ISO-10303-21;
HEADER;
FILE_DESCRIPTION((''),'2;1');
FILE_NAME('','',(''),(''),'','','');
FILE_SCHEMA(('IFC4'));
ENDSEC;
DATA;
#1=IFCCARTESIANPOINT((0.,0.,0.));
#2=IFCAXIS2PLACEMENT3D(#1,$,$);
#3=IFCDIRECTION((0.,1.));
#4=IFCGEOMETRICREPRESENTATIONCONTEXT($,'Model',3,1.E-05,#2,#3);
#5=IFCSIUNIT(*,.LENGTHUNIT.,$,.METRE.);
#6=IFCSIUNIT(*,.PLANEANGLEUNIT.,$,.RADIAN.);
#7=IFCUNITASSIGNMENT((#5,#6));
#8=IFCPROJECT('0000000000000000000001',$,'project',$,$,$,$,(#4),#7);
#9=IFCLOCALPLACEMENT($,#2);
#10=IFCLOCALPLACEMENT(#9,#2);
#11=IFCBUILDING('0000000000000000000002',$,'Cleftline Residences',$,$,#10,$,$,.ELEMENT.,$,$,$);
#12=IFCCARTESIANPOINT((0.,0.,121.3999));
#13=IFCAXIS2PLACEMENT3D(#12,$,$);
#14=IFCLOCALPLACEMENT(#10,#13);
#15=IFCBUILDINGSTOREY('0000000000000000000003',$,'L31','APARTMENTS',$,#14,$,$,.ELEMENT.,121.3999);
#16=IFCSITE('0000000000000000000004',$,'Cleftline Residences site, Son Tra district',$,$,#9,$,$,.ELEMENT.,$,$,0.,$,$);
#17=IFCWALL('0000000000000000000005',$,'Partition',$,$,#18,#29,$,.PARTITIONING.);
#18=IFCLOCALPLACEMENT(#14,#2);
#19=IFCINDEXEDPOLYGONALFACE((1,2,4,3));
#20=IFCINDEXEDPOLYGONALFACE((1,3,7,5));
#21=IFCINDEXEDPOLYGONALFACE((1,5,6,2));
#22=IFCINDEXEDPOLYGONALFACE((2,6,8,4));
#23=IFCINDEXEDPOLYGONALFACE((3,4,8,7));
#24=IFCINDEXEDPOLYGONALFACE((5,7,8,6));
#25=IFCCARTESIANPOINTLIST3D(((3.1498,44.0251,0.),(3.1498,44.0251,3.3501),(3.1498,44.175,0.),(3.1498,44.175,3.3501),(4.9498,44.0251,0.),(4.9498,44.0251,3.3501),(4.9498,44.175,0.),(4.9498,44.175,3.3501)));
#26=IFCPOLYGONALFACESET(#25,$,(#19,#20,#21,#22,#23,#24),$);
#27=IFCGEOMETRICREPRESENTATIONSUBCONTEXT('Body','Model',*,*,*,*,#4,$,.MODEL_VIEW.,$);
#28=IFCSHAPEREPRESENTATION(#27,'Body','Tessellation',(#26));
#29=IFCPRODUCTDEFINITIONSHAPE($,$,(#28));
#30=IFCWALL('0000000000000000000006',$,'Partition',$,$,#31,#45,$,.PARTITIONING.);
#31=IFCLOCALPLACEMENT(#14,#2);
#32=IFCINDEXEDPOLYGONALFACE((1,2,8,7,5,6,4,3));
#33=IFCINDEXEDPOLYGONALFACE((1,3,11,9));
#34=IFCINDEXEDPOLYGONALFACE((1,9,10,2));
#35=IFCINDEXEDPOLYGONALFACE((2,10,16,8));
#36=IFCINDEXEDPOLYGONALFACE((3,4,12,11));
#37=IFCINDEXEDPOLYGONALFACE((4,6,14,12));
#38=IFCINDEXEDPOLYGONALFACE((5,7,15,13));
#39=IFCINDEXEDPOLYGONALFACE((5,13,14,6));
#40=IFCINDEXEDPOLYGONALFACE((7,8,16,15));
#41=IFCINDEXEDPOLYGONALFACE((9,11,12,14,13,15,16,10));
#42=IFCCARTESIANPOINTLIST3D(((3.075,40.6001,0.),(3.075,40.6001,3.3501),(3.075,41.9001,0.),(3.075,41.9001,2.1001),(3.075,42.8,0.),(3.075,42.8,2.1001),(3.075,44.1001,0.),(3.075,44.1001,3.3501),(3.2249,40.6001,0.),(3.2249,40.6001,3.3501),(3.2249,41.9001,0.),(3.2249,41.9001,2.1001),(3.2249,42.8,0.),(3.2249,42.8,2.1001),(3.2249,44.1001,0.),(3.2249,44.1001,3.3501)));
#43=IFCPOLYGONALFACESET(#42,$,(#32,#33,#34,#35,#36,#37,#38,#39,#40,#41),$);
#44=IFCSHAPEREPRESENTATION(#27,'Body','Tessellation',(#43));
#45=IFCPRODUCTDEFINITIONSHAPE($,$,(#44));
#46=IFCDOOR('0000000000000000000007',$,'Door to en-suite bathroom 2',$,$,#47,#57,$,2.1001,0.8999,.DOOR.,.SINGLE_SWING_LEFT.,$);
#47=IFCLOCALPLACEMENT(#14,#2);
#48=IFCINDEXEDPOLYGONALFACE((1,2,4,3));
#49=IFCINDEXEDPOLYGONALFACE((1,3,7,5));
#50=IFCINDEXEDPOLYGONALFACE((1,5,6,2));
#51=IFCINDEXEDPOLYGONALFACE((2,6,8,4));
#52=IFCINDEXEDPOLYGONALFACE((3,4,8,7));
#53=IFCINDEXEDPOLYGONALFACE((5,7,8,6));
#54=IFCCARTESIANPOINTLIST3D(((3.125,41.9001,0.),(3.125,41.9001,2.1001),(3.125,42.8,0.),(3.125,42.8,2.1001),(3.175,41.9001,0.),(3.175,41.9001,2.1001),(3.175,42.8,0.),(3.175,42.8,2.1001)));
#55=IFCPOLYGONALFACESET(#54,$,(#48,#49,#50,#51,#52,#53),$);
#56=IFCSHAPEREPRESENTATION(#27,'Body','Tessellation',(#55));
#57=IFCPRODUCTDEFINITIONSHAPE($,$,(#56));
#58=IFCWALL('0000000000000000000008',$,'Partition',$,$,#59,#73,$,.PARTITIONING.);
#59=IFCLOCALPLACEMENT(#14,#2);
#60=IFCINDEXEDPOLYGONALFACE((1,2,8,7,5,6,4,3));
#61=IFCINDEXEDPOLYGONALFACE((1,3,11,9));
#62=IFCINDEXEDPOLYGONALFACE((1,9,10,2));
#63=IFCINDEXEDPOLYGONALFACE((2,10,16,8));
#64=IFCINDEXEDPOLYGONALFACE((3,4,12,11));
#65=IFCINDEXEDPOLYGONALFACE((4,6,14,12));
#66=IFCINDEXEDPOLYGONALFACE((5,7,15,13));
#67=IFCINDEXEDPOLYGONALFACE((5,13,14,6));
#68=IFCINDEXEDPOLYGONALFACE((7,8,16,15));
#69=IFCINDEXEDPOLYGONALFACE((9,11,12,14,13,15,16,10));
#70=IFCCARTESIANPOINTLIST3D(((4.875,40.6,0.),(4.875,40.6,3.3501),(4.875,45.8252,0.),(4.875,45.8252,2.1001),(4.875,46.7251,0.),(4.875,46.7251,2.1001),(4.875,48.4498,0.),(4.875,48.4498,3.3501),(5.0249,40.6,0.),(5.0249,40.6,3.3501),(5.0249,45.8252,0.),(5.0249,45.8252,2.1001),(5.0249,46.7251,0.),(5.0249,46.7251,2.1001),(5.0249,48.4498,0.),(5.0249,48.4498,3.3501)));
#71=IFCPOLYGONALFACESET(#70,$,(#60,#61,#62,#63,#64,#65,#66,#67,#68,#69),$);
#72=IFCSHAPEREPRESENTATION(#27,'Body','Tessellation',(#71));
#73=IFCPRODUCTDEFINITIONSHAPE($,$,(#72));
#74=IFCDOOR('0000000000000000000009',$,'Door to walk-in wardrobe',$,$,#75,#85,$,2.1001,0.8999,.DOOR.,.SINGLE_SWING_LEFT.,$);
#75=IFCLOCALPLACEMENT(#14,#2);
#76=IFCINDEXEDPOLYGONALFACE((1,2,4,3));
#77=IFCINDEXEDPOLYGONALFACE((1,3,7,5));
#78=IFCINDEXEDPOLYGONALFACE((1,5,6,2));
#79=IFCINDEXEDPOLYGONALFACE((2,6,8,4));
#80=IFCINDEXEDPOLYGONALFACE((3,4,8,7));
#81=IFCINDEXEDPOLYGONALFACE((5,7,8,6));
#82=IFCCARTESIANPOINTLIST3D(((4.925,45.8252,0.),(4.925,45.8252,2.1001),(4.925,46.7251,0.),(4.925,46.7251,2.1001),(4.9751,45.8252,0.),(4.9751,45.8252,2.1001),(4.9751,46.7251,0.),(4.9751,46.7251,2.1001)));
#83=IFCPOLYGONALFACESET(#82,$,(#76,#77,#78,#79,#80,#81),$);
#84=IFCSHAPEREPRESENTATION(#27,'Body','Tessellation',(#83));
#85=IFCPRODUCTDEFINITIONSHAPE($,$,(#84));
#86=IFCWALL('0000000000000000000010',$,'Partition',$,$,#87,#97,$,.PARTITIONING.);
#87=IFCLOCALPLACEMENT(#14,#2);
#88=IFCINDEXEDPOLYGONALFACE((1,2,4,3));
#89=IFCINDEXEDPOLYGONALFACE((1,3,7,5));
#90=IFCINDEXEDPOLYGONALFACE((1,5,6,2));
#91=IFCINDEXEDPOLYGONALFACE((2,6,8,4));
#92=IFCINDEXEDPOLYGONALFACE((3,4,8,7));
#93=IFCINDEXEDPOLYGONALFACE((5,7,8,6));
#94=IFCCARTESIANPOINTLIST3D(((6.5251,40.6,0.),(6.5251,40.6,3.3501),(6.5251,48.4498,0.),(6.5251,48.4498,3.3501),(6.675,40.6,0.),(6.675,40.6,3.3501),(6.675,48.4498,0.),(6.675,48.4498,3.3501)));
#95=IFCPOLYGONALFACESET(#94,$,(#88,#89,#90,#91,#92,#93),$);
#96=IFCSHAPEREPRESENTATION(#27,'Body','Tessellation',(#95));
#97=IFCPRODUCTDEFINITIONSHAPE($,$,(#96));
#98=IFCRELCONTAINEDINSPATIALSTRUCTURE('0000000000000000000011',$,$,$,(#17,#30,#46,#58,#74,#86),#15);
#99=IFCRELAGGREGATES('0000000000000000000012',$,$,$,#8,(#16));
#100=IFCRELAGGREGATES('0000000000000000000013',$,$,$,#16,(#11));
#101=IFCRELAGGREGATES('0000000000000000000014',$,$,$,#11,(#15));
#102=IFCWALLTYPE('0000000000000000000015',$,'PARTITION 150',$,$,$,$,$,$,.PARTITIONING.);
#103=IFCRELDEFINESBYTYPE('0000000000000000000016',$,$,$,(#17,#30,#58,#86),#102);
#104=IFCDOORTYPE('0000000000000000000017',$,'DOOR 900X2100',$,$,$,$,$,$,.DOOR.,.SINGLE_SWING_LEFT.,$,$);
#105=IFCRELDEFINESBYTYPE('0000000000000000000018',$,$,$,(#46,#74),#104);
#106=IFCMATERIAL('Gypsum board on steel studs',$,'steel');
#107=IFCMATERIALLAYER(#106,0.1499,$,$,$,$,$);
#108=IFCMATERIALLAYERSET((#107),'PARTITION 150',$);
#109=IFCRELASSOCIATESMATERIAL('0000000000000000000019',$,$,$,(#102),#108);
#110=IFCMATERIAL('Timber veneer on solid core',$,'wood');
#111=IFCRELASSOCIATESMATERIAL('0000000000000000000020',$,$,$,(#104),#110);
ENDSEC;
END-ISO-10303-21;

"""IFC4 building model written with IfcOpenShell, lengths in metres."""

from ifc_helpers import new_model, si_unit, direction, frame, frame_2d, origin, place, context, subcontext, project, spatial, rectangle, extrude, material, layer, layer_set, type_object, element, fill, save


model = new_model("IFC4")

# Units and contexts
model_context = context("Model", 3, precision=1e-05, world=origin(), true_north=direction((0.0, 1.0)))
body_context = subcontext(model_context, "Body", "Model", "MODEL_VIEW")
ifc_project = project(units=[si_unit("LENGTHUNIT", "METRE"), si_unit("PLANEANGLEUNIT", "RADIAN")], contexts=[model_context])

# Site, building, storey
site_placement = place(None, origin())
site = spatial("IfcSite", under=ifc_project, at=site_placement, Name="Cleftline Residences site, Son Tra district", CompositionType="ELEMENT", RefElevation=0.0)
building_placement = place(site_placement, origin())
building = spatial("IfcBuilding", under=site, at=building_placement, Name="Cleftline Residences", CompositionType="ELEMENT")
storey_placement = place(building_placement, frame((0.0, 0.0, 121.3999)))
storey = spatial("IfcBuildingStorey", under=building, at=storey_placement, Name="L31", Description="APARTMENTS", CompositionType="ELEMENT", Elevation=121.3999)

# Wall
ifc_material_1 = material(Name="Gypsum board on steel studs", Category="steel")
ifc_layer_1 = layer(ifc_material_1, 0.1499)
ifc_layer_set_1 = layer_set([ifc_layer_1], Name="PARTITION 150")
wall_type_1 = type_object("IfcWallType", Name="PARTITION 150", PredefinedType="PARTITIONING", material=ifc_layer_set_1)
wall_1_placement = place(storey_placement, frame((3.1499, 44.1001, 0.0), z_axis=(0.0, 0.0, 1.0), x_axis=(1.0, 0.0, 0.0)))
element("IfcWall", 1, at=wall_1_placement, inside=storey, type_object=wall_type_1, Name="Partition", PredefinedType="PARTITIONING", context=body_context, shape_type="SweptSolid", body=[
    extrude(rectangle(XDim=1.8, YDim=0.1499, at=frame_2d((0.8999, 0.0))), origin(), (0.0, 0.0, 1.0), 3.3501),
])

# Walls, openings, doors
wall_2_placement = place(storey_placement, frame((3.1499, 40.6001, 0.0), z_axis=(0.0, 0.0, 1.0), x_axis=(0.0, 1.0, 0.0)))
wall_2 = element("IfcWall", 2, at=wall_2_placement, inside=storey, type_object=wall_type_1, Name="Partition", PredefinedType="PARTITIONING", context=body_context, shape_type="SweptSolid", body=[
    extrude(rectangle(XDim=3.5, YDim=0.1499, at=frame_2d((1.75, 0.0))), origin(), (0.0, 0.0, 1.0), 3.3501),
])
opening_1_placement = place(wall_2_placement, frame((1.3, 0.0, 0.0)))
opening_1 = element("IfcOpeningElement", 3, at=opening_1_placement, cuts=wall_2, PredefinedType="OPENING", context=body_context, shape_type="SweptSolid", body=[
    extrude(rectangle(XDim=0.8999, YDim=2.1001, at=frame_2d((0.45, 1.05))), frame((0.0, 0.085, 0.0), z_axis=(0.0, -1.0, 0.0), x_axis=(1.0, 0.0, 0.0)), (0.0, 0.0, 1.0), 0.1699),
])
ifc_material_2 = material(Name="Timber veneer on solid core", Category="wood")
door_type = type_object("IfcDoorType", Name="DOOR 900X2100", OperationType="SINGLE_SWING_LEFT", PredefinedType="DOOR", material=ifc_material_2)
door_1_placement = place(opening_1_placement, origin())
door_1 = element("IfcDoor", 4, at=door_1_placement, inside=storey, type_object=door_type, Name="Door to en-suite bathroom 2", OperationType="SINGLE_SWING_LEFT", OverallHeight=2.1001, OverallWidth=0.8999, PredefinedType="DOOR", context=body_context, shape_type="SweptSolid", body=[
    extrude(rectangle(XDim=0.8999, YDim=2.1001, at=frame_2d((0.45, 1.05))), frame((0.0, 0.0249, 0.0), z_axis=(0.0, -1.0, 0.0), x_axis=(1.0, 0.0, 0.0)), (0.0, 0.0, 1.0), 0.05),
])
fill(opening_1, door_1)
wall_3_placement = place(storey_placement, frame((4.95, 40.6001, 0.0), z_axis=(0.0, 0.0, 1.0), x_axis=(0.0, 1.0, 0.0)))
wall_3 = element("IfcWall", 5, at=wall_3_placement, inside=storey, type_object=wall_type_1, Name="Partition", PredefinedType="PARTITIONING", context=body_context, shape_type="SweptSolid", body=[
    extrude(rectangle(XDim=7.8499, YDim=0.1499, at=frame_2d((3.9248, 0.0))), origin(), (0.0, 0.0, 1.0), 3.3501),
])
opening_2_placement = place(wall_3_placement, frame((5.2251, 0.0, 0.0)))
opening_2 = element("IfcOpeningElement", 6, at=opening_2_placement, cuts=wall_3, PredefinedType="OPENING", context=body_context, shape_type="SweptSolid", body=[
    extrude(rectangle(XDim=0.8999, YDim=2.1001, at=frame_2d((0.45, 1.05))), frame((0.0, 0.085, 0.0), z_axis=(0.0, -1.0, 0.0), x_axis=(1.0, 0.0, 0.0)), (0.0, 0.0, 1.0), 0.1699),
])
door_2_placement = place(opening_2_placement, origin())
door_2 = element("IfcDoor", 7, at=door_2_placement, inside=storey, type_object=door_type, Name="Door to walk-in wardrobe", OperationType="SINGLE_SWING_LEFT", OverallHeight=2.1001, OverallWidth=0.8999, PredefinedType="DOOR", context=body_context, shape_type="SweptSolid", body=[
    extrude(rectangle(XDim=0.8999, YDim=2.1001, at=frame_2d((0.45, 1.05))), frame((0.0, 0.0249, 0.0), z_axis=(0.0, -1.0, 0.0), x_axis=(1.0, 0.0, 0.0)), (0.0, 0.0, 1.0), 0.05),
])
fill(opening_2, door_2)

# Wall
wall_4_placement = place(storey_placement, frame((6.6001, 40.6001, 0.0), z_axis=(0.0, 0.0, 1.0), x_axis=(0.0, 1.0, 0.0)))
element("IfcWall", 8, at=wall_4_placement, inside=storey, type_object=wall_type_1, Name="Partition", PredefinedType="PARTITIONING", context=body_context, shape_type="SweptSolid", body=[
    extrude(rectangle(XDim=7.8499, YDim=0.1499, at=frame_2d((3.9248, 0.0))), origin(), (0.0, 0.0, 1.0), 3.3501),
])

save(model, "model.ifc")
